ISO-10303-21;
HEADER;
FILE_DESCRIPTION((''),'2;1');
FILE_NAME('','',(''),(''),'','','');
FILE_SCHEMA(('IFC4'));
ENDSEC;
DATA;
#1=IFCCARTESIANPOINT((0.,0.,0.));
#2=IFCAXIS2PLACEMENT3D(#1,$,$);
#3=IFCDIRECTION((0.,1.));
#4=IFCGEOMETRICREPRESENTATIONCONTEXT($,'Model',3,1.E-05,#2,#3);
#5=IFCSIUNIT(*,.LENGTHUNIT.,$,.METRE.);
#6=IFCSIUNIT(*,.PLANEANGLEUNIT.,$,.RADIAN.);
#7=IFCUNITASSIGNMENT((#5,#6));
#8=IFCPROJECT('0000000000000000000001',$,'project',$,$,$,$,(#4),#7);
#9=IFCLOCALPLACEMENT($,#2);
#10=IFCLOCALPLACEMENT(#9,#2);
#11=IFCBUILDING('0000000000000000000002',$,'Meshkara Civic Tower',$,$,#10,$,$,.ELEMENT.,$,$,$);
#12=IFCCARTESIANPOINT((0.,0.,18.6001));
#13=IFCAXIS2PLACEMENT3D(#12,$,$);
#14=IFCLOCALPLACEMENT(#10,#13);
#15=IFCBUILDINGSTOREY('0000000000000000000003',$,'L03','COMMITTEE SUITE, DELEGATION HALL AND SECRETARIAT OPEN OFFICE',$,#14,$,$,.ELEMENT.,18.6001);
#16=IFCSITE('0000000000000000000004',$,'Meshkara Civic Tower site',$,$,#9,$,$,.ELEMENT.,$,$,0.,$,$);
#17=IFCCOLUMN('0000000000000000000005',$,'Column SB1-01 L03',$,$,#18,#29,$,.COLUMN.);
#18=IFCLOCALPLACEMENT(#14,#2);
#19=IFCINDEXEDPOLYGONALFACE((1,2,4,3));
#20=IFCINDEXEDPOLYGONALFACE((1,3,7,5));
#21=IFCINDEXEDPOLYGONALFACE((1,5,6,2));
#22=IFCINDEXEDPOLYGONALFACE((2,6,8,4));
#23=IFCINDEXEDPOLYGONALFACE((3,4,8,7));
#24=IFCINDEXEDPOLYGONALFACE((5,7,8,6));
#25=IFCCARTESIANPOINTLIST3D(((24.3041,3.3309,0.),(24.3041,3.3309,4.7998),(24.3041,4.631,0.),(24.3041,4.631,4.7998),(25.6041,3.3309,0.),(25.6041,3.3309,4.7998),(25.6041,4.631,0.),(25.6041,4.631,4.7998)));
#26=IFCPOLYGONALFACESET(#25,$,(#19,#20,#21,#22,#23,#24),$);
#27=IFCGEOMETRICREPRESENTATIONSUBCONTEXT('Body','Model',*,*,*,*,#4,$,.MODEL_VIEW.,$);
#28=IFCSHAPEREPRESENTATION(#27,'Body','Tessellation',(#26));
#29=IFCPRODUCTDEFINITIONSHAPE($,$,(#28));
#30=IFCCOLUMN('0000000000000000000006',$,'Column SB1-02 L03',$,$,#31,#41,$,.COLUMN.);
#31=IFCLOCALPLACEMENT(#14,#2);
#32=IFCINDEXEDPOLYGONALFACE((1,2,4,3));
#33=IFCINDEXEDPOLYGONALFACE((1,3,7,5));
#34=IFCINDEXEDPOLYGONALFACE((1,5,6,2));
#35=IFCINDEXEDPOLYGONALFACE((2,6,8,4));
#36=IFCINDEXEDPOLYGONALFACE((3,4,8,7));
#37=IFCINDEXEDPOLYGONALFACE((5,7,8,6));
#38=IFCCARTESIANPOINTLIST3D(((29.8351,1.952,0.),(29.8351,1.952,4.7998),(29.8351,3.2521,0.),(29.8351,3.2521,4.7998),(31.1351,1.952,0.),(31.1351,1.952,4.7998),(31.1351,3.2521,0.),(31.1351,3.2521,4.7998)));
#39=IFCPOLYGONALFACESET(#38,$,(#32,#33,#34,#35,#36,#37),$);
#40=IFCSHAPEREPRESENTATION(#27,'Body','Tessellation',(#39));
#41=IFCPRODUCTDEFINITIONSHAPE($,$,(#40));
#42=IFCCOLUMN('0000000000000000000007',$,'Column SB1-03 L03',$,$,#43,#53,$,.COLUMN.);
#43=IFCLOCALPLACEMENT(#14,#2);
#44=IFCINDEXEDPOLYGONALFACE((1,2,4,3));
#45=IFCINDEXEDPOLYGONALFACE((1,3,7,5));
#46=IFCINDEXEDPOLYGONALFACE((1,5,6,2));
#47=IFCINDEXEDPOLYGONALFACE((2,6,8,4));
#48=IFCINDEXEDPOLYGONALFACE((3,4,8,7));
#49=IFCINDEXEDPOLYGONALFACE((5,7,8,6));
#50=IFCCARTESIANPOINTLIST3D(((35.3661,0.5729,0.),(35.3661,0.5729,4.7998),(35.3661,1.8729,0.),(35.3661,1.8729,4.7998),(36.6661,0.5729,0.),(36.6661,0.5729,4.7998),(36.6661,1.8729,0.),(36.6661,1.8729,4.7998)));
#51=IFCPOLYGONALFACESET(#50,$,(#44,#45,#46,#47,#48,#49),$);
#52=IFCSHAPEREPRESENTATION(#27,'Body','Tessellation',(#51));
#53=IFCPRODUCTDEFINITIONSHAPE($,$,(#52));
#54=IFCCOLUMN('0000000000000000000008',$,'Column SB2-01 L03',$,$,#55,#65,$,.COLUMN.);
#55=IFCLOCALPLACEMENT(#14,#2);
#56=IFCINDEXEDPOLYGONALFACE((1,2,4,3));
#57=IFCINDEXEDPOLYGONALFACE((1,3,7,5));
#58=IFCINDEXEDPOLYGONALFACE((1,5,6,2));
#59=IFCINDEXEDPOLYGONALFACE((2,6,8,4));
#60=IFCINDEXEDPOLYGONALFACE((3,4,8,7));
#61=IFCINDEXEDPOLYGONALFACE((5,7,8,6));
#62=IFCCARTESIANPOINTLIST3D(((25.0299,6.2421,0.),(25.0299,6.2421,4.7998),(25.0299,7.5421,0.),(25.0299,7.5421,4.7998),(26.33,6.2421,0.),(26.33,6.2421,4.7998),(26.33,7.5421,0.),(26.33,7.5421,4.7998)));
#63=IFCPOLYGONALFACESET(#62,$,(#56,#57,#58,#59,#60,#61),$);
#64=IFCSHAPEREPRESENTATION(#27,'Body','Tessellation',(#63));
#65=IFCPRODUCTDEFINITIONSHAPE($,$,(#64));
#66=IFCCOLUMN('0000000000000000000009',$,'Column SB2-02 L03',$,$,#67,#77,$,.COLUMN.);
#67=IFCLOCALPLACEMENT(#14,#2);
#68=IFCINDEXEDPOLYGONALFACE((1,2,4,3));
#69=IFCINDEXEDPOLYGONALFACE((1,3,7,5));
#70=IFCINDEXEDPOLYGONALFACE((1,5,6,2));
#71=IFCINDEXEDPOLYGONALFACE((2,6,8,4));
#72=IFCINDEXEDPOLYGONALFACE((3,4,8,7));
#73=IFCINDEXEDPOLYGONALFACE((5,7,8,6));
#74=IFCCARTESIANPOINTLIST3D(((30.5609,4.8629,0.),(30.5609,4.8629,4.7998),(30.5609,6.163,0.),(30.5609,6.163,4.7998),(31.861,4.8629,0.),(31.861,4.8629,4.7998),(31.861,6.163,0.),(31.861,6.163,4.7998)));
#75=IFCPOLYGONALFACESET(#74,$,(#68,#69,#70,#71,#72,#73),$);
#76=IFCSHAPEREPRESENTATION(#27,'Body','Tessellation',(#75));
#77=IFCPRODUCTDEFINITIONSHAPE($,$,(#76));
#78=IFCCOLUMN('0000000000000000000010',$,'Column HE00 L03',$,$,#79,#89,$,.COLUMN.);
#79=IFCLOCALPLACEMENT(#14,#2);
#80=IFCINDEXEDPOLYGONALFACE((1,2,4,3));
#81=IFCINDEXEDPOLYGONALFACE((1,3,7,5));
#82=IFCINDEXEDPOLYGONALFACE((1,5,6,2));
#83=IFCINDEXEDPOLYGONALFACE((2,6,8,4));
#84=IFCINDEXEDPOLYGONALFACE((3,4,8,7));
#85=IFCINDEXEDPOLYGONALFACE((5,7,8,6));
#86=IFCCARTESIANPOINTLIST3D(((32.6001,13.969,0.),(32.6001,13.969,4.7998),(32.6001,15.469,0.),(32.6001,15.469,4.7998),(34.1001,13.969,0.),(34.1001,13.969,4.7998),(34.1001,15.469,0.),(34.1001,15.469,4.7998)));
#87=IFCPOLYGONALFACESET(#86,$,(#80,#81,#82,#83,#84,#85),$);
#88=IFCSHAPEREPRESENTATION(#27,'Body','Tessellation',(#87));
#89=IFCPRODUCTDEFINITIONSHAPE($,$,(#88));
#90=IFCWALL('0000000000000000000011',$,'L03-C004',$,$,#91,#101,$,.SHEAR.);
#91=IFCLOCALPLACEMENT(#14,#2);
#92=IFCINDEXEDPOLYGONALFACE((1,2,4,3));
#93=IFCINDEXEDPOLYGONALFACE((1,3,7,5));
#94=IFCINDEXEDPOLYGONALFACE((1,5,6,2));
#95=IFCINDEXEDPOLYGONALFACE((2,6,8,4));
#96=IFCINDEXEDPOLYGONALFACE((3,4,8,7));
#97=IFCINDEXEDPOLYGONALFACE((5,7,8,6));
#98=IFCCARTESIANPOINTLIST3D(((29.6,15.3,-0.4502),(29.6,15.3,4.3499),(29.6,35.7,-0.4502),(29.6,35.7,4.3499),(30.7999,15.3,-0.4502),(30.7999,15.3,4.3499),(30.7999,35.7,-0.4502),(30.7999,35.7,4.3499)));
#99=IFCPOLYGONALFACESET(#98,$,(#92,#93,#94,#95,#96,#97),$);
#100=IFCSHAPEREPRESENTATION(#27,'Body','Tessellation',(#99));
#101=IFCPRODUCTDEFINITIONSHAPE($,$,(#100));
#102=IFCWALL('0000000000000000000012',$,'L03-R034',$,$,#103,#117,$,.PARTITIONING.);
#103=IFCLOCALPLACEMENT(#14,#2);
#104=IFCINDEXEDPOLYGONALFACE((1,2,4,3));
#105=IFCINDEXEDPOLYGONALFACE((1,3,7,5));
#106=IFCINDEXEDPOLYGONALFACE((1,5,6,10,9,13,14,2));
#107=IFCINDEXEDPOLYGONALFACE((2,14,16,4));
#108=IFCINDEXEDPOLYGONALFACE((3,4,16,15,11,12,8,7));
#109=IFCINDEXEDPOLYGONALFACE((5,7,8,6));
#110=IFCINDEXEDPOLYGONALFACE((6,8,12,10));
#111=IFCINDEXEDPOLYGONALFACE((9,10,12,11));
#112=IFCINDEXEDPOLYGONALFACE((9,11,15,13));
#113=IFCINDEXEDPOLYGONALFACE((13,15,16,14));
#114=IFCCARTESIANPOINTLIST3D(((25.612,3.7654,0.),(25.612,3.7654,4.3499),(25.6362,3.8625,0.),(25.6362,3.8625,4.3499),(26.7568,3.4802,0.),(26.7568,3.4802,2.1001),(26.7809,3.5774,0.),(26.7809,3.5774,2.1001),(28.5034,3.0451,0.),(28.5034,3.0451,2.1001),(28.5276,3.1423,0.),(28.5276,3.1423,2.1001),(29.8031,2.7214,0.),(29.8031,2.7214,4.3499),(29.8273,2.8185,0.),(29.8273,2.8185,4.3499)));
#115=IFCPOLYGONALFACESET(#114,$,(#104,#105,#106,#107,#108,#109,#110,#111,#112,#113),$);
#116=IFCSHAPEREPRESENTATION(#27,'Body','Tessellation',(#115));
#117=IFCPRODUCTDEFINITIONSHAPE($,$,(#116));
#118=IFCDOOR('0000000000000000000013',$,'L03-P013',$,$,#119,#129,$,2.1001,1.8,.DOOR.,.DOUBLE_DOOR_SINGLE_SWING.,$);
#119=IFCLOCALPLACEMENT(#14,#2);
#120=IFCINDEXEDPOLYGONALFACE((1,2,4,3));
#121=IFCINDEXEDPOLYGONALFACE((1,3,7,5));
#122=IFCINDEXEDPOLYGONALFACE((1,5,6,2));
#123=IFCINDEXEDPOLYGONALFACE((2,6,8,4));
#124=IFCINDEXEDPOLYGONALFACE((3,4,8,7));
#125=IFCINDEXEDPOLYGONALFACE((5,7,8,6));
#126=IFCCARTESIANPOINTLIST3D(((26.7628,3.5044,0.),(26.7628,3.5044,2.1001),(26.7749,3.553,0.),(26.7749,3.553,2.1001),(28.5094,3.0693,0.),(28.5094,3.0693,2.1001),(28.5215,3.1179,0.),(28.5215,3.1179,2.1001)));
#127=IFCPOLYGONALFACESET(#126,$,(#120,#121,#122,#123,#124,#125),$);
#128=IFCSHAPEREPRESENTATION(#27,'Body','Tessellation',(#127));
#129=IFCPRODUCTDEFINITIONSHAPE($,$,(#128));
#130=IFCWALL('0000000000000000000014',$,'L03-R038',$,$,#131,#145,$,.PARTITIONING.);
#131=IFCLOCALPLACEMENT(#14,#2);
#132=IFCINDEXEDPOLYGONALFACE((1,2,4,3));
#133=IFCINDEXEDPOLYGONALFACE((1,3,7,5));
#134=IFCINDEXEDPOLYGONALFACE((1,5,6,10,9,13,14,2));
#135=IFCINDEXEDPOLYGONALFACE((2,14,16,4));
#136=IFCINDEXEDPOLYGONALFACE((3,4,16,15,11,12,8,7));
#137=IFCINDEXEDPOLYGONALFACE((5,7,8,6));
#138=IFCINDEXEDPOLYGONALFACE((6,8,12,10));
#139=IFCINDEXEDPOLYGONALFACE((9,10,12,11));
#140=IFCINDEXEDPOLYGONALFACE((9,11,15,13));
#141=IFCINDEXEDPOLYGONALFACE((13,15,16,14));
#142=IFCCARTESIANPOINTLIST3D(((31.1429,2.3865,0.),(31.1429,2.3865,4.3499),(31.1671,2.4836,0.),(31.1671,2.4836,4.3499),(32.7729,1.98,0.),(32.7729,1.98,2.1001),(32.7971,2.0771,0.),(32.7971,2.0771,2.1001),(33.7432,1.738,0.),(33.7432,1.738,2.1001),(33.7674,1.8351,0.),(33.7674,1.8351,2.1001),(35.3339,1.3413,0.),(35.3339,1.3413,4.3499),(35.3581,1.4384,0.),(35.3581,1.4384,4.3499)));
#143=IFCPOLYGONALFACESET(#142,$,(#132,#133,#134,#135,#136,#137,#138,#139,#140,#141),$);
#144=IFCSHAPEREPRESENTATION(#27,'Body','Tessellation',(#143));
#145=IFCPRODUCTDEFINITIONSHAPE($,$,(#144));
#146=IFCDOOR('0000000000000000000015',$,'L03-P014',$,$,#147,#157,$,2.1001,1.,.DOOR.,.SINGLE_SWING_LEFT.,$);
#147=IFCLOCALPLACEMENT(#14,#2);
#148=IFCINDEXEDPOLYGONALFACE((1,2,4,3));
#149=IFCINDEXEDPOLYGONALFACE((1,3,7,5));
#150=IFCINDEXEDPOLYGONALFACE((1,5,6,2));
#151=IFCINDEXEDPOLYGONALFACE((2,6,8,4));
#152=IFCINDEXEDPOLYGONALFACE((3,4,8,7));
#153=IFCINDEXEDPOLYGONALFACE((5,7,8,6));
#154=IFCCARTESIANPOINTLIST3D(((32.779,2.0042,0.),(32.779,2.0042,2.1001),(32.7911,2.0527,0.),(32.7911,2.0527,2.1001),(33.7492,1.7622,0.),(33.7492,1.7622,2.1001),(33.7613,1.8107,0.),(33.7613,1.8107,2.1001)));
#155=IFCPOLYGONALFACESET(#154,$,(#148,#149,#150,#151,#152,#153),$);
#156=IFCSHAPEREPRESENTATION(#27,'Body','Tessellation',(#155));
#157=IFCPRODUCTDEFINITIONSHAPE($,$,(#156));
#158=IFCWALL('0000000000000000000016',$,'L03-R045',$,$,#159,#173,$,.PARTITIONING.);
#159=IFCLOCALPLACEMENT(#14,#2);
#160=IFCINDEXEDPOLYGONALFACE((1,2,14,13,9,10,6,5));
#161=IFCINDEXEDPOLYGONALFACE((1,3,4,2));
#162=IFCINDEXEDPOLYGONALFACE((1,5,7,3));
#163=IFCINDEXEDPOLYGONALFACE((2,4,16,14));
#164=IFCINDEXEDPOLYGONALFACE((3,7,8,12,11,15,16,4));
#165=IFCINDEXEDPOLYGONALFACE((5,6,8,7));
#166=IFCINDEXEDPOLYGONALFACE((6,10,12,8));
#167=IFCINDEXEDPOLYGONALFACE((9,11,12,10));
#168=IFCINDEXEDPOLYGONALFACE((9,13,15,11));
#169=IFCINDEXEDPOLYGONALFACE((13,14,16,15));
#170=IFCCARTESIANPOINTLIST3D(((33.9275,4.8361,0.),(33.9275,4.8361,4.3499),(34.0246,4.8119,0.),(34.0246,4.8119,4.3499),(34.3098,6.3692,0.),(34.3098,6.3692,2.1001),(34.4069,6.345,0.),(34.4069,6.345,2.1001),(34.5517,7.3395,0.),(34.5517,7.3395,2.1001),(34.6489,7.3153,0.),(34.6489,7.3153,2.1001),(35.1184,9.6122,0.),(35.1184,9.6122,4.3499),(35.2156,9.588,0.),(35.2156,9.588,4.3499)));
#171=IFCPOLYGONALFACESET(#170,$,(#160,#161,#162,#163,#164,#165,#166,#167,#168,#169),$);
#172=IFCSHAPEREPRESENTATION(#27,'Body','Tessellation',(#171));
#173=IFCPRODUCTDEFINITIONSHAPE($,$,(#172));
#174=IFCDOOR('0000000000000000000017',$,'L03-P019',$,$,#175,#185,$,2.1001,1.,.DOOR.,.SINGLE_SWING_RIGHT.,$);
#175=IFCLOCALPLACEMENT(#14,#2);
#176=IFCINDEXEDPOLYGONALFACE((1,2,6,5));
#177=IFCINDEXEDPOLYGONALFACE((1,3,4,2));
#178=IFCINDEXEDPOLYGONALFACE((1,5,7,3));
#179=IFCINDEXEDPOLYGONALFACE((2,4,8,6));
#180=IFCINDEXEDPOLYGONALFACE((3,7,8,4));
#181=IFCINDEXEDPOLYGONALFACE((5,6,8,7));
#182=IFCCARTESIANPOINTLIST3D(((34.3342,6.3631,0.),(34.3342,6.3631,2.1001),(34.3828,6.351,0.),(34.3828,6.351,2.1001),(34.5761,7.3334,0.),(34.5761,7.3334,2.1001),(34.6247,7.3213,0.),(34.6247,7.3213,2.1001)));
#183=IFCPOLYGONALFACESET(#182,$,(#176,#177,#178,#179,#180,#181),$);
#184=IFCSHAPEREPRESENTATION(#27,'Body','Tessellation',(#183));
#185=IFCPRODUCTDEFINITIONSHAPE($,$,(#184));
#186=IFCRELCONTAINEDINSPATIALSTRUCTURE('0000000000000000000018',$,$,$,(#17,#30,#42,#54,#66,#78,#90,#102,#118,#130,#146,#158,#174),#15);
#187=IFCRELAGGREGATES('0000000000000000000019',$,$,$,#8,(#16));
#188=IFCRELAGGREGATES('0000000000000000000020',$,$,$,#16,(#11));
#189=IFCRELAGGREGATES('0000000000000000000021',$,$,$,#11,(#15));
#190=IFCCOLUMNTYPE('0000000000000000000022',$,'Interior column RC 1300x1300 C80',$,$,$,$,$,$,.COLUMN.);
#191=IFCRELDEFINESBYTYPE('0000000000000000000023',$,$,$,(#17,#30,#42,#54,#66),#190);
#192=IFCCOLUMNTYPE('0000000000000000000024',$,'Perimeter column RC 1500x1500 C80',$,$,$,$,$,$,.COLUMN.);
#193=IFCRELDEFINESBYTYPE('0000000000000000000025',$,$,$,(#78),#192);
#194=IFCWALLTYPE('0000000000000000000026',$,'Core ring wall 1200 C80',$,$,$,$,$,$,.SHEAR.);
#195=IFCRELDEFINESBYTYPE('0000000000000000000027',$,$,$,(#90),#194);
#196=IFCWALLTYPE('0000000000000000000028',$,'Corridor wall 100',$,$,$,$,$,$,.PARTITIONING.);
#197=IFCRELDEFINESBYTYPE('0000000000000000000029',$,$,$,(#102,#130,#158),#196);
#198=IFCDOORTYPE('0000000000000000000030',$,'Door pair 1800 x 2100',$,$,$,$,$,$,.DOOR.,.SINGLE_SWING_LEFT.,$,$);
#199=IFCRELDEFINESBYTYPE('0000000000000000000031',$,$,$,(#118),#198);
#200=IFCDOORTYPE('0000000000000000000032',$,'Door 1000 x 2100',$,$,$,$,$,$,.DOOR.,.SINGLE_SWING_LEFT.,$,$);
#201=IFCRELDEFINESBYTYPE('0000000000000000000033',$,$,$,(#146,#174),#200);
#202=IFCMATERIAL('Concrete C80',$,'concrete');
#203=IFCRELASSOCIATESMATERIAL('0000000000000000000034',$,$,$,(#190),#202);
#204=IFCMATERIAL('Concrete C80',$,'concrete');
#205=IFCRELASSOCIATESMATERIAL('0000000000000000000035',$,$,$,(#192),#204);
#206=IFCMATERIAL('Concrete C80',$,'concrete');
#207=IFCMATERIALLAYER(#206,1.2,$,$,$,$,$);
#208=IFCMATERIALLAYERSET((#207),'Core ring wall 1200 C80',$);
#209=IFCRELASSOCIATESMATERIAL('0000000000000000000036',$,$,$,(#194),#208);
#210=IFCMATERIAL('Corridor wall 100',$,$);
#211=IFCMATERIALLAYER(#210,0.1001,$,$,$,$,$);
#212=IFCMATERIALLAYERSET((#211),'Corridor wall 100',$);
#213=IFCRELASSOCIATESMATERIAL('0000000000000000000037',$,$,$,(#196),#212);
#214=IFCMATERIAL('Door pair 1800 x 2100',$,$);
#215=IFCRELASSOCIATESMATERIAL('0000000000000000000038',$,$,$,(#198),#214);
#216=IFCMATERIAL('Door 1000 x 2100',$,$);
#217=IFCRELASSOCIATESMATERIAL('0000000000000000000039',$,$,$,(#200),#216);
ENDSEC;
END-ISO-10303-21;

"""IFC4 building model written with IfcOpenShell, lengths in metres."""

from ifc_helpers import new_model, si_unit, direction, frame, frame_2d, origin, origin_2d, place, context, subcontext, project, spatial, rectangle, extrude, material, layer, layer_set, material_profile, profile_set, type_object, element, fill, save


model = new_model("IFC4")

# Units and contexts
model_context = context("Model", 3, precision=1e-05, world=origin(), true_north=direction((0.0, 1.0)))
body_context = subcontext(model_context, "Body", "Model", "MODEL_VIEW")
ifc_project = project(units=[si_unit("LENGTHUNIT", "METRE"), si_unit("PLANEANGLEUNIT", "RADIAN")], contexts=[model_context])

# Site, building, storey
site_placement = place(None, origin())
site = spatial("IfcSite", under=ifc_project, at=site_placement, Name="Meshkara Civic Tower site", CompositionType="ELEMENT", RefElevation=0.0)
building_placement = place(site_placement, origin())
building = spatial("IfcBuilding", under=site, at=building_placement, Name="Meshkara Civic Tower", CompositionType="ELEMENT")
storey_placement = place(building_placement, frame((0.0, 0.0, 18.6001)))
storey = spatial("IfcBuildingStorey", under=building, at=storey_placement, Name="L03", Description="COMMITTEE SUITE, DELEGATION HALL AND SECRETARIAT OPEN OFFICE", CompositionType="ELEMENT", Elevation=18.6001)

# Columns
ifc_material_1 = material(Name="Concrete C80", Category="concrete")
ifc_material_profile_1 = material_profile(ifc_material_1, rectangle(XDim=1.3, YDim=1.3, at=origin_2d()))
ifc_profile_set_1 = profile_set([ifc_material_profile_1], Name="Concrete C80")
column_type_1 = type_object("IfcColumnType", Name="Interior column RC 1300x1300 C80", PredefinedType="COLUMN", material=ifc_profile_set_1)
for number, where, z_axis, x_axis, name in (
    (1, (24.9541, 3.981, 0.0), (0.0, 0.0, 1.0), (1.0, 0.0, 0.0), "Column SB1-01 L03"),
    (2, (30.4851, 2.6021, 0.0), (0.0, 0.0, 1.0), (1.0, 0.0, 0.0), "Column SB1-02 L03"),
    (3, (36.0161, 1.2229, 0.0), (0.0, 0.0, 1.0), (1.0, 0.0, 0.0), "Column SB1-03 L03"),
    (4, (25.6799, 6.8921, 0.0), (0.0, 0.0, 1.0), (1.0, 0.0, 0.0), "Column SB2-01 L03"),
    (5, (31.2109, 5.5129, 0.0), (0.0, 0.0, 1.0), (1.0, 0.0, 0.0), "Column SB2-02 L03"),
):
    element("IfcColumn", number, at=place(storey_placement, frame(where, z_axis=z_axis, x_axis=x_axis)), inside=storey, type_object=column_type_1, Name=name, PredefinedType="COLUMN", context=body_context, shape_type="SweptSolid", body=[
        extrude(rectangle(XDim=1.3, YDim=1.3, at=origin_2d()), origin(), (0.0, 0.0, 1.0), 4.7998),
    ])
ifc_material_2 = material(Name="Concrete C80", Category="concrete")
ifc_material_profile_2 = material_profile(ifc_material_2, rectangle(XDim=1.5, YDim=1.5, at=origin_2d()))
ifc_profile_set_2 = profile_set([ifc_material_profile_2], Name="Concrete C80")
column_type_2 = type_object("IfcColumnType", Name="Perimeter column RC 1500x1500 C80", PredefinedType="COLUMN", material=ifc_profile_set_2)
column_placement = place(storey_placement, frame((33.3501, 14.719, 0.0), z_axis=(0.0, 0.0, 1.0), x_axis=(1.0, 0.0, 0.0)))
element("IfcColumn", 6, at=column_placement, inside=storey, type_object=column_type_2, Name="Column HE00 L03", PredefinedType="COLUMN", context=body_context, shape_type="SweptSolid", body=[
    extrude(rectangle(XDim=1.5, YDim=1.5, at=origin_2d()), origin(), (0.0, 0.0, 1.0), 4.7998),
])

# Wall
ifc_material_3 = material(Name="Concrete C80", Category="concrete")
ifc_layer_1 = layer(ifc_material_3, 1.2)
ifc_layer_set_1 = layer_set([ifc_layer_1], Name="Core ring wall 1200 C80")
wall_type_1 = type_object("IfcWallType", Name="Core ring wall 1200 C80", PredefinedType="SHEAR", material=ifc_layer_set_1)
wall_1_placement = place(storey_placement, frame((30.2, 15.3, -0.4502), z_axis=(0.0, 0.0, 1.0), x_axis=(0.0, 1.0, 0.0)))
element("IfcWall", 7, at=wall_1_placement, inside=storey, type_object=wall_type_1, Name="L03-C004", PredefinedType="SHEAR", context=body_context, shape_type="SweptSolid", body=[
    extrude(rectangle(XDim=20.3999, YDim=1.2, at=frame_2d((10.2, 0.0))), origin(), (0.0, 0.0, 1.0), 4.8),
])

# Walls, openings, doors
ifc_material_4 = material(Name="Corridor wall 100")
ifc_layer_2 = layer(ifc_material_4, 0.1001)
ifc_layer_set_2 = layer_set([ifc_layer_2], Name="Corridor wall 100")
wall_type_2 = type_object("IfcWallType", Name="Corridor wall 100", PredefinedType="PARTITIONING", material=ifc_layer_set_2)
wall_2_placement = place(storey_placement, frame((25.624, 3.814, 0.0), z_axis=(0.0, 0.0, 1.0), x_axis=(0.970348, -0.241711, 0.0)))
wall_2 = element("IfcWall", 8, at=wall_2_placement, inside=storey, type_object=wall_type_2, Name="L03-R034", PredefinedType="PARTITIONING", context=body_context, shape_type="SweptSolid", body=[
    extrude(rectangle(XDim=4.3191, YDim=0.1001, at=frame_2d((2.1597, 0.0))), origin(), (0.0, 0.0, 1.0), 4.3499),
])
opening_1_placement = place(wall_2_placement, frame((1.1799, 0.0, 0.0)))
opening_1 = element("IfcOpeningElement", 9, at=opening_1_placement, cuts=wall_2, PredefinedType="OPENING", context=body_context, shape_type="SweptSolid", body=[
    extrude(rectangle(XDim=1.8, YDim=2.1001, at=frame_2d((0.8999, 1.05))), frame((0.0, 0.0601, 0.0), z_axis=(0.0, -1.0, 0.0), x_axis=(1.0, 0.0, 0.0)), (0.0, 0.0, 1.0), 0.1201),
])
ifc_material_5 = material(Name="Door pair 1800 x 2100")
door_type_1 = type_object("IfcDoorType", Name="Door pair 1800 x 2100", OperationType="SINGLE_SWING_LEFT", PredefinedType="DOOR", material=ifc_material_5)
door_1_placement = place(opening_1_placement, origin())
door_1 = element("IfcDoor", 10, at=door_1_placement, inside=storey, type_object=door_type_1, Name="L03-P013", OperationType="DOUBLE_DOOR_SINGLE_SWING", OverallHeight=2.1001, OverallWidth=1.8, PredefinedType="DOOR", context=body_context, shape_type="SweptSolid", body=[
    extrude(rectangle(XDim=1.8, YDim=2.1001, at=frame_2d((0.8999, 1.05))), frame((0.0, 0.0249, 0.0), z_axis=(0.0, -1.0, 0.0), x_axis=(1.0, 0.0, 0.0)), (0.0, 0.0, 1.0), 0.05),
])
fill(opening_1, door_1)
wall_3_placement = place(storey_placement, frame((31.155, 2.4351, 0.0), z_axis=(0.0, 0.0, 1.0), x_axis=(0.970282, -0.241977, 0.0)))
wall_3 = element("IfcWall", 11, at=wall_3_placement, inside=storey, type_object=wall_type_2, Name="L03-R038", PredefinedType="PARTITIONING", context=body_context, shape_type="SweptSolid", body=[
    extrude(rectangle(XDim=4.3193, YDim=0.1001, at=frame_2d((2.1597, 0.0))), origin(), (0.0, 0.0, 1.0), 4.3499),
])
opening_2_placement = place(wall_3_placement, frame((1.6799, 0.0, 0.0)))
opening_2 = element("IfcOpeningElement", 12, at=opening_2_placement, cuts=wall_3, PredefinedType="OPENING", context=body_context, shape_type="SweptSolid", body=[
    extrude(rectangle(XDim=1.0, YDim=2.1001, at=frame_2d((0.5, 1.05))), frame((0.0, 0.0601, 0.0), z_axis=(0.0, -1.0, 0.0), x_axis=(1.0, 0.0, 0.0)), (0.0, 0.0, 1.0), 0.1201),
])
ifc_material_6 = material(Name="Door 1000 x 2100")
door_type_2 = type_object("IfcDoorType", Name="Door 1000 x 2100", OperationType="SINGLE_SWING_LEFT", PredefinedType="DOOR", material=ifc_material_6)
door_2_placement = place(opening_2_placement, origin())
door_2 = element("IfcDoor", 13, at=door_2_placement, inside=storey, type_object=door_type_2, Name="L03-P014", OperationType="SINGLE_SWING_LEFT", OverallHeight=2.1001, OverallWidth=1.0, PredefinedType="DOOR", context=body_context, shape_type="SweptSolid", body=[
    extrude(rectangle(XDim=1.0, YDim=2.1001, at=frame_2d((0.5, 1.05))), frame((0.0, 0.0249, 0.0), z_axis=(0.0, -1.0, 0.0), x_axis=(1.0, 0.0, 0.0)), (0.0, 0.0, 1.0), 0.05),
])
fill(opening_2, door_2)
wall_4_placement = place(storey_placement, frame((33.9761, 4.824, 0.0), z_axis=(0.0, 0.0, 1.0), x_axis=(0.24194, 0.970291, 0.0)))
wall_4 = element("IfcWall", 14, at=wall_4_placement, inside=storey, type_object=wall_type_2, Name="L03-R045", PredefinedType="PARTITIONING", context=body_context, shape_type="SweptSolid", body=[
    extrude(rectangle(XDim=4.9224, YDim=0.1001, at=frame_2d((2.4612, 0.0))), origin(), (0.0, 0.0, 1.0), 4.3499),
])
opening_3_placement = place(wall_4_placement, frame((1.5801, 0.0, 0.0)))
opening_3 = element("IfcOpeningElement", 15, at=opening_3_placement, cuts=wall_4, PredefinedType="OPENING", context=body_context, shape_type="SweptSolid", body=[
    extrude(rectangle(XDim=1.0, YDim=2.1001, at=frame_2d((0.5, 1.05))), frame((0.0, 0.0601, 0.0), z_axis=(0.0, -1.0, 0.0), x_axis=(1.0, 0.0, 0.0)), (0.0, 0.0, 1.0), 0.1201),
])
door_3_placement = place(opening_3_placement, origin())
door_3 = element("IfcDoor", 16, at=door_3_placement, inside=storey, type_object=door_type_2, Name="L03-P019", OperationType="SINGLE_SWING_RIGHT", OverallHeight=2.1001, OverallWidth=1.0, PredefinedType="DOOR", context=body_context, shape_type="SweptSolid", body=[
    extrude(rectangle(XDim=1.0, YDim=2.1001, at=frame_2d((0.5, 1.05))), frame((0.0, 0.0249, 0.0), z_axis=(0.0, -1.0, 0.0), x_axis=(1.0, 0.0, 0.0)), (0.0, 0.0, 1.0), 0.05),
])
fill(opening_3, door_3)

save(model, "model.ifc")
